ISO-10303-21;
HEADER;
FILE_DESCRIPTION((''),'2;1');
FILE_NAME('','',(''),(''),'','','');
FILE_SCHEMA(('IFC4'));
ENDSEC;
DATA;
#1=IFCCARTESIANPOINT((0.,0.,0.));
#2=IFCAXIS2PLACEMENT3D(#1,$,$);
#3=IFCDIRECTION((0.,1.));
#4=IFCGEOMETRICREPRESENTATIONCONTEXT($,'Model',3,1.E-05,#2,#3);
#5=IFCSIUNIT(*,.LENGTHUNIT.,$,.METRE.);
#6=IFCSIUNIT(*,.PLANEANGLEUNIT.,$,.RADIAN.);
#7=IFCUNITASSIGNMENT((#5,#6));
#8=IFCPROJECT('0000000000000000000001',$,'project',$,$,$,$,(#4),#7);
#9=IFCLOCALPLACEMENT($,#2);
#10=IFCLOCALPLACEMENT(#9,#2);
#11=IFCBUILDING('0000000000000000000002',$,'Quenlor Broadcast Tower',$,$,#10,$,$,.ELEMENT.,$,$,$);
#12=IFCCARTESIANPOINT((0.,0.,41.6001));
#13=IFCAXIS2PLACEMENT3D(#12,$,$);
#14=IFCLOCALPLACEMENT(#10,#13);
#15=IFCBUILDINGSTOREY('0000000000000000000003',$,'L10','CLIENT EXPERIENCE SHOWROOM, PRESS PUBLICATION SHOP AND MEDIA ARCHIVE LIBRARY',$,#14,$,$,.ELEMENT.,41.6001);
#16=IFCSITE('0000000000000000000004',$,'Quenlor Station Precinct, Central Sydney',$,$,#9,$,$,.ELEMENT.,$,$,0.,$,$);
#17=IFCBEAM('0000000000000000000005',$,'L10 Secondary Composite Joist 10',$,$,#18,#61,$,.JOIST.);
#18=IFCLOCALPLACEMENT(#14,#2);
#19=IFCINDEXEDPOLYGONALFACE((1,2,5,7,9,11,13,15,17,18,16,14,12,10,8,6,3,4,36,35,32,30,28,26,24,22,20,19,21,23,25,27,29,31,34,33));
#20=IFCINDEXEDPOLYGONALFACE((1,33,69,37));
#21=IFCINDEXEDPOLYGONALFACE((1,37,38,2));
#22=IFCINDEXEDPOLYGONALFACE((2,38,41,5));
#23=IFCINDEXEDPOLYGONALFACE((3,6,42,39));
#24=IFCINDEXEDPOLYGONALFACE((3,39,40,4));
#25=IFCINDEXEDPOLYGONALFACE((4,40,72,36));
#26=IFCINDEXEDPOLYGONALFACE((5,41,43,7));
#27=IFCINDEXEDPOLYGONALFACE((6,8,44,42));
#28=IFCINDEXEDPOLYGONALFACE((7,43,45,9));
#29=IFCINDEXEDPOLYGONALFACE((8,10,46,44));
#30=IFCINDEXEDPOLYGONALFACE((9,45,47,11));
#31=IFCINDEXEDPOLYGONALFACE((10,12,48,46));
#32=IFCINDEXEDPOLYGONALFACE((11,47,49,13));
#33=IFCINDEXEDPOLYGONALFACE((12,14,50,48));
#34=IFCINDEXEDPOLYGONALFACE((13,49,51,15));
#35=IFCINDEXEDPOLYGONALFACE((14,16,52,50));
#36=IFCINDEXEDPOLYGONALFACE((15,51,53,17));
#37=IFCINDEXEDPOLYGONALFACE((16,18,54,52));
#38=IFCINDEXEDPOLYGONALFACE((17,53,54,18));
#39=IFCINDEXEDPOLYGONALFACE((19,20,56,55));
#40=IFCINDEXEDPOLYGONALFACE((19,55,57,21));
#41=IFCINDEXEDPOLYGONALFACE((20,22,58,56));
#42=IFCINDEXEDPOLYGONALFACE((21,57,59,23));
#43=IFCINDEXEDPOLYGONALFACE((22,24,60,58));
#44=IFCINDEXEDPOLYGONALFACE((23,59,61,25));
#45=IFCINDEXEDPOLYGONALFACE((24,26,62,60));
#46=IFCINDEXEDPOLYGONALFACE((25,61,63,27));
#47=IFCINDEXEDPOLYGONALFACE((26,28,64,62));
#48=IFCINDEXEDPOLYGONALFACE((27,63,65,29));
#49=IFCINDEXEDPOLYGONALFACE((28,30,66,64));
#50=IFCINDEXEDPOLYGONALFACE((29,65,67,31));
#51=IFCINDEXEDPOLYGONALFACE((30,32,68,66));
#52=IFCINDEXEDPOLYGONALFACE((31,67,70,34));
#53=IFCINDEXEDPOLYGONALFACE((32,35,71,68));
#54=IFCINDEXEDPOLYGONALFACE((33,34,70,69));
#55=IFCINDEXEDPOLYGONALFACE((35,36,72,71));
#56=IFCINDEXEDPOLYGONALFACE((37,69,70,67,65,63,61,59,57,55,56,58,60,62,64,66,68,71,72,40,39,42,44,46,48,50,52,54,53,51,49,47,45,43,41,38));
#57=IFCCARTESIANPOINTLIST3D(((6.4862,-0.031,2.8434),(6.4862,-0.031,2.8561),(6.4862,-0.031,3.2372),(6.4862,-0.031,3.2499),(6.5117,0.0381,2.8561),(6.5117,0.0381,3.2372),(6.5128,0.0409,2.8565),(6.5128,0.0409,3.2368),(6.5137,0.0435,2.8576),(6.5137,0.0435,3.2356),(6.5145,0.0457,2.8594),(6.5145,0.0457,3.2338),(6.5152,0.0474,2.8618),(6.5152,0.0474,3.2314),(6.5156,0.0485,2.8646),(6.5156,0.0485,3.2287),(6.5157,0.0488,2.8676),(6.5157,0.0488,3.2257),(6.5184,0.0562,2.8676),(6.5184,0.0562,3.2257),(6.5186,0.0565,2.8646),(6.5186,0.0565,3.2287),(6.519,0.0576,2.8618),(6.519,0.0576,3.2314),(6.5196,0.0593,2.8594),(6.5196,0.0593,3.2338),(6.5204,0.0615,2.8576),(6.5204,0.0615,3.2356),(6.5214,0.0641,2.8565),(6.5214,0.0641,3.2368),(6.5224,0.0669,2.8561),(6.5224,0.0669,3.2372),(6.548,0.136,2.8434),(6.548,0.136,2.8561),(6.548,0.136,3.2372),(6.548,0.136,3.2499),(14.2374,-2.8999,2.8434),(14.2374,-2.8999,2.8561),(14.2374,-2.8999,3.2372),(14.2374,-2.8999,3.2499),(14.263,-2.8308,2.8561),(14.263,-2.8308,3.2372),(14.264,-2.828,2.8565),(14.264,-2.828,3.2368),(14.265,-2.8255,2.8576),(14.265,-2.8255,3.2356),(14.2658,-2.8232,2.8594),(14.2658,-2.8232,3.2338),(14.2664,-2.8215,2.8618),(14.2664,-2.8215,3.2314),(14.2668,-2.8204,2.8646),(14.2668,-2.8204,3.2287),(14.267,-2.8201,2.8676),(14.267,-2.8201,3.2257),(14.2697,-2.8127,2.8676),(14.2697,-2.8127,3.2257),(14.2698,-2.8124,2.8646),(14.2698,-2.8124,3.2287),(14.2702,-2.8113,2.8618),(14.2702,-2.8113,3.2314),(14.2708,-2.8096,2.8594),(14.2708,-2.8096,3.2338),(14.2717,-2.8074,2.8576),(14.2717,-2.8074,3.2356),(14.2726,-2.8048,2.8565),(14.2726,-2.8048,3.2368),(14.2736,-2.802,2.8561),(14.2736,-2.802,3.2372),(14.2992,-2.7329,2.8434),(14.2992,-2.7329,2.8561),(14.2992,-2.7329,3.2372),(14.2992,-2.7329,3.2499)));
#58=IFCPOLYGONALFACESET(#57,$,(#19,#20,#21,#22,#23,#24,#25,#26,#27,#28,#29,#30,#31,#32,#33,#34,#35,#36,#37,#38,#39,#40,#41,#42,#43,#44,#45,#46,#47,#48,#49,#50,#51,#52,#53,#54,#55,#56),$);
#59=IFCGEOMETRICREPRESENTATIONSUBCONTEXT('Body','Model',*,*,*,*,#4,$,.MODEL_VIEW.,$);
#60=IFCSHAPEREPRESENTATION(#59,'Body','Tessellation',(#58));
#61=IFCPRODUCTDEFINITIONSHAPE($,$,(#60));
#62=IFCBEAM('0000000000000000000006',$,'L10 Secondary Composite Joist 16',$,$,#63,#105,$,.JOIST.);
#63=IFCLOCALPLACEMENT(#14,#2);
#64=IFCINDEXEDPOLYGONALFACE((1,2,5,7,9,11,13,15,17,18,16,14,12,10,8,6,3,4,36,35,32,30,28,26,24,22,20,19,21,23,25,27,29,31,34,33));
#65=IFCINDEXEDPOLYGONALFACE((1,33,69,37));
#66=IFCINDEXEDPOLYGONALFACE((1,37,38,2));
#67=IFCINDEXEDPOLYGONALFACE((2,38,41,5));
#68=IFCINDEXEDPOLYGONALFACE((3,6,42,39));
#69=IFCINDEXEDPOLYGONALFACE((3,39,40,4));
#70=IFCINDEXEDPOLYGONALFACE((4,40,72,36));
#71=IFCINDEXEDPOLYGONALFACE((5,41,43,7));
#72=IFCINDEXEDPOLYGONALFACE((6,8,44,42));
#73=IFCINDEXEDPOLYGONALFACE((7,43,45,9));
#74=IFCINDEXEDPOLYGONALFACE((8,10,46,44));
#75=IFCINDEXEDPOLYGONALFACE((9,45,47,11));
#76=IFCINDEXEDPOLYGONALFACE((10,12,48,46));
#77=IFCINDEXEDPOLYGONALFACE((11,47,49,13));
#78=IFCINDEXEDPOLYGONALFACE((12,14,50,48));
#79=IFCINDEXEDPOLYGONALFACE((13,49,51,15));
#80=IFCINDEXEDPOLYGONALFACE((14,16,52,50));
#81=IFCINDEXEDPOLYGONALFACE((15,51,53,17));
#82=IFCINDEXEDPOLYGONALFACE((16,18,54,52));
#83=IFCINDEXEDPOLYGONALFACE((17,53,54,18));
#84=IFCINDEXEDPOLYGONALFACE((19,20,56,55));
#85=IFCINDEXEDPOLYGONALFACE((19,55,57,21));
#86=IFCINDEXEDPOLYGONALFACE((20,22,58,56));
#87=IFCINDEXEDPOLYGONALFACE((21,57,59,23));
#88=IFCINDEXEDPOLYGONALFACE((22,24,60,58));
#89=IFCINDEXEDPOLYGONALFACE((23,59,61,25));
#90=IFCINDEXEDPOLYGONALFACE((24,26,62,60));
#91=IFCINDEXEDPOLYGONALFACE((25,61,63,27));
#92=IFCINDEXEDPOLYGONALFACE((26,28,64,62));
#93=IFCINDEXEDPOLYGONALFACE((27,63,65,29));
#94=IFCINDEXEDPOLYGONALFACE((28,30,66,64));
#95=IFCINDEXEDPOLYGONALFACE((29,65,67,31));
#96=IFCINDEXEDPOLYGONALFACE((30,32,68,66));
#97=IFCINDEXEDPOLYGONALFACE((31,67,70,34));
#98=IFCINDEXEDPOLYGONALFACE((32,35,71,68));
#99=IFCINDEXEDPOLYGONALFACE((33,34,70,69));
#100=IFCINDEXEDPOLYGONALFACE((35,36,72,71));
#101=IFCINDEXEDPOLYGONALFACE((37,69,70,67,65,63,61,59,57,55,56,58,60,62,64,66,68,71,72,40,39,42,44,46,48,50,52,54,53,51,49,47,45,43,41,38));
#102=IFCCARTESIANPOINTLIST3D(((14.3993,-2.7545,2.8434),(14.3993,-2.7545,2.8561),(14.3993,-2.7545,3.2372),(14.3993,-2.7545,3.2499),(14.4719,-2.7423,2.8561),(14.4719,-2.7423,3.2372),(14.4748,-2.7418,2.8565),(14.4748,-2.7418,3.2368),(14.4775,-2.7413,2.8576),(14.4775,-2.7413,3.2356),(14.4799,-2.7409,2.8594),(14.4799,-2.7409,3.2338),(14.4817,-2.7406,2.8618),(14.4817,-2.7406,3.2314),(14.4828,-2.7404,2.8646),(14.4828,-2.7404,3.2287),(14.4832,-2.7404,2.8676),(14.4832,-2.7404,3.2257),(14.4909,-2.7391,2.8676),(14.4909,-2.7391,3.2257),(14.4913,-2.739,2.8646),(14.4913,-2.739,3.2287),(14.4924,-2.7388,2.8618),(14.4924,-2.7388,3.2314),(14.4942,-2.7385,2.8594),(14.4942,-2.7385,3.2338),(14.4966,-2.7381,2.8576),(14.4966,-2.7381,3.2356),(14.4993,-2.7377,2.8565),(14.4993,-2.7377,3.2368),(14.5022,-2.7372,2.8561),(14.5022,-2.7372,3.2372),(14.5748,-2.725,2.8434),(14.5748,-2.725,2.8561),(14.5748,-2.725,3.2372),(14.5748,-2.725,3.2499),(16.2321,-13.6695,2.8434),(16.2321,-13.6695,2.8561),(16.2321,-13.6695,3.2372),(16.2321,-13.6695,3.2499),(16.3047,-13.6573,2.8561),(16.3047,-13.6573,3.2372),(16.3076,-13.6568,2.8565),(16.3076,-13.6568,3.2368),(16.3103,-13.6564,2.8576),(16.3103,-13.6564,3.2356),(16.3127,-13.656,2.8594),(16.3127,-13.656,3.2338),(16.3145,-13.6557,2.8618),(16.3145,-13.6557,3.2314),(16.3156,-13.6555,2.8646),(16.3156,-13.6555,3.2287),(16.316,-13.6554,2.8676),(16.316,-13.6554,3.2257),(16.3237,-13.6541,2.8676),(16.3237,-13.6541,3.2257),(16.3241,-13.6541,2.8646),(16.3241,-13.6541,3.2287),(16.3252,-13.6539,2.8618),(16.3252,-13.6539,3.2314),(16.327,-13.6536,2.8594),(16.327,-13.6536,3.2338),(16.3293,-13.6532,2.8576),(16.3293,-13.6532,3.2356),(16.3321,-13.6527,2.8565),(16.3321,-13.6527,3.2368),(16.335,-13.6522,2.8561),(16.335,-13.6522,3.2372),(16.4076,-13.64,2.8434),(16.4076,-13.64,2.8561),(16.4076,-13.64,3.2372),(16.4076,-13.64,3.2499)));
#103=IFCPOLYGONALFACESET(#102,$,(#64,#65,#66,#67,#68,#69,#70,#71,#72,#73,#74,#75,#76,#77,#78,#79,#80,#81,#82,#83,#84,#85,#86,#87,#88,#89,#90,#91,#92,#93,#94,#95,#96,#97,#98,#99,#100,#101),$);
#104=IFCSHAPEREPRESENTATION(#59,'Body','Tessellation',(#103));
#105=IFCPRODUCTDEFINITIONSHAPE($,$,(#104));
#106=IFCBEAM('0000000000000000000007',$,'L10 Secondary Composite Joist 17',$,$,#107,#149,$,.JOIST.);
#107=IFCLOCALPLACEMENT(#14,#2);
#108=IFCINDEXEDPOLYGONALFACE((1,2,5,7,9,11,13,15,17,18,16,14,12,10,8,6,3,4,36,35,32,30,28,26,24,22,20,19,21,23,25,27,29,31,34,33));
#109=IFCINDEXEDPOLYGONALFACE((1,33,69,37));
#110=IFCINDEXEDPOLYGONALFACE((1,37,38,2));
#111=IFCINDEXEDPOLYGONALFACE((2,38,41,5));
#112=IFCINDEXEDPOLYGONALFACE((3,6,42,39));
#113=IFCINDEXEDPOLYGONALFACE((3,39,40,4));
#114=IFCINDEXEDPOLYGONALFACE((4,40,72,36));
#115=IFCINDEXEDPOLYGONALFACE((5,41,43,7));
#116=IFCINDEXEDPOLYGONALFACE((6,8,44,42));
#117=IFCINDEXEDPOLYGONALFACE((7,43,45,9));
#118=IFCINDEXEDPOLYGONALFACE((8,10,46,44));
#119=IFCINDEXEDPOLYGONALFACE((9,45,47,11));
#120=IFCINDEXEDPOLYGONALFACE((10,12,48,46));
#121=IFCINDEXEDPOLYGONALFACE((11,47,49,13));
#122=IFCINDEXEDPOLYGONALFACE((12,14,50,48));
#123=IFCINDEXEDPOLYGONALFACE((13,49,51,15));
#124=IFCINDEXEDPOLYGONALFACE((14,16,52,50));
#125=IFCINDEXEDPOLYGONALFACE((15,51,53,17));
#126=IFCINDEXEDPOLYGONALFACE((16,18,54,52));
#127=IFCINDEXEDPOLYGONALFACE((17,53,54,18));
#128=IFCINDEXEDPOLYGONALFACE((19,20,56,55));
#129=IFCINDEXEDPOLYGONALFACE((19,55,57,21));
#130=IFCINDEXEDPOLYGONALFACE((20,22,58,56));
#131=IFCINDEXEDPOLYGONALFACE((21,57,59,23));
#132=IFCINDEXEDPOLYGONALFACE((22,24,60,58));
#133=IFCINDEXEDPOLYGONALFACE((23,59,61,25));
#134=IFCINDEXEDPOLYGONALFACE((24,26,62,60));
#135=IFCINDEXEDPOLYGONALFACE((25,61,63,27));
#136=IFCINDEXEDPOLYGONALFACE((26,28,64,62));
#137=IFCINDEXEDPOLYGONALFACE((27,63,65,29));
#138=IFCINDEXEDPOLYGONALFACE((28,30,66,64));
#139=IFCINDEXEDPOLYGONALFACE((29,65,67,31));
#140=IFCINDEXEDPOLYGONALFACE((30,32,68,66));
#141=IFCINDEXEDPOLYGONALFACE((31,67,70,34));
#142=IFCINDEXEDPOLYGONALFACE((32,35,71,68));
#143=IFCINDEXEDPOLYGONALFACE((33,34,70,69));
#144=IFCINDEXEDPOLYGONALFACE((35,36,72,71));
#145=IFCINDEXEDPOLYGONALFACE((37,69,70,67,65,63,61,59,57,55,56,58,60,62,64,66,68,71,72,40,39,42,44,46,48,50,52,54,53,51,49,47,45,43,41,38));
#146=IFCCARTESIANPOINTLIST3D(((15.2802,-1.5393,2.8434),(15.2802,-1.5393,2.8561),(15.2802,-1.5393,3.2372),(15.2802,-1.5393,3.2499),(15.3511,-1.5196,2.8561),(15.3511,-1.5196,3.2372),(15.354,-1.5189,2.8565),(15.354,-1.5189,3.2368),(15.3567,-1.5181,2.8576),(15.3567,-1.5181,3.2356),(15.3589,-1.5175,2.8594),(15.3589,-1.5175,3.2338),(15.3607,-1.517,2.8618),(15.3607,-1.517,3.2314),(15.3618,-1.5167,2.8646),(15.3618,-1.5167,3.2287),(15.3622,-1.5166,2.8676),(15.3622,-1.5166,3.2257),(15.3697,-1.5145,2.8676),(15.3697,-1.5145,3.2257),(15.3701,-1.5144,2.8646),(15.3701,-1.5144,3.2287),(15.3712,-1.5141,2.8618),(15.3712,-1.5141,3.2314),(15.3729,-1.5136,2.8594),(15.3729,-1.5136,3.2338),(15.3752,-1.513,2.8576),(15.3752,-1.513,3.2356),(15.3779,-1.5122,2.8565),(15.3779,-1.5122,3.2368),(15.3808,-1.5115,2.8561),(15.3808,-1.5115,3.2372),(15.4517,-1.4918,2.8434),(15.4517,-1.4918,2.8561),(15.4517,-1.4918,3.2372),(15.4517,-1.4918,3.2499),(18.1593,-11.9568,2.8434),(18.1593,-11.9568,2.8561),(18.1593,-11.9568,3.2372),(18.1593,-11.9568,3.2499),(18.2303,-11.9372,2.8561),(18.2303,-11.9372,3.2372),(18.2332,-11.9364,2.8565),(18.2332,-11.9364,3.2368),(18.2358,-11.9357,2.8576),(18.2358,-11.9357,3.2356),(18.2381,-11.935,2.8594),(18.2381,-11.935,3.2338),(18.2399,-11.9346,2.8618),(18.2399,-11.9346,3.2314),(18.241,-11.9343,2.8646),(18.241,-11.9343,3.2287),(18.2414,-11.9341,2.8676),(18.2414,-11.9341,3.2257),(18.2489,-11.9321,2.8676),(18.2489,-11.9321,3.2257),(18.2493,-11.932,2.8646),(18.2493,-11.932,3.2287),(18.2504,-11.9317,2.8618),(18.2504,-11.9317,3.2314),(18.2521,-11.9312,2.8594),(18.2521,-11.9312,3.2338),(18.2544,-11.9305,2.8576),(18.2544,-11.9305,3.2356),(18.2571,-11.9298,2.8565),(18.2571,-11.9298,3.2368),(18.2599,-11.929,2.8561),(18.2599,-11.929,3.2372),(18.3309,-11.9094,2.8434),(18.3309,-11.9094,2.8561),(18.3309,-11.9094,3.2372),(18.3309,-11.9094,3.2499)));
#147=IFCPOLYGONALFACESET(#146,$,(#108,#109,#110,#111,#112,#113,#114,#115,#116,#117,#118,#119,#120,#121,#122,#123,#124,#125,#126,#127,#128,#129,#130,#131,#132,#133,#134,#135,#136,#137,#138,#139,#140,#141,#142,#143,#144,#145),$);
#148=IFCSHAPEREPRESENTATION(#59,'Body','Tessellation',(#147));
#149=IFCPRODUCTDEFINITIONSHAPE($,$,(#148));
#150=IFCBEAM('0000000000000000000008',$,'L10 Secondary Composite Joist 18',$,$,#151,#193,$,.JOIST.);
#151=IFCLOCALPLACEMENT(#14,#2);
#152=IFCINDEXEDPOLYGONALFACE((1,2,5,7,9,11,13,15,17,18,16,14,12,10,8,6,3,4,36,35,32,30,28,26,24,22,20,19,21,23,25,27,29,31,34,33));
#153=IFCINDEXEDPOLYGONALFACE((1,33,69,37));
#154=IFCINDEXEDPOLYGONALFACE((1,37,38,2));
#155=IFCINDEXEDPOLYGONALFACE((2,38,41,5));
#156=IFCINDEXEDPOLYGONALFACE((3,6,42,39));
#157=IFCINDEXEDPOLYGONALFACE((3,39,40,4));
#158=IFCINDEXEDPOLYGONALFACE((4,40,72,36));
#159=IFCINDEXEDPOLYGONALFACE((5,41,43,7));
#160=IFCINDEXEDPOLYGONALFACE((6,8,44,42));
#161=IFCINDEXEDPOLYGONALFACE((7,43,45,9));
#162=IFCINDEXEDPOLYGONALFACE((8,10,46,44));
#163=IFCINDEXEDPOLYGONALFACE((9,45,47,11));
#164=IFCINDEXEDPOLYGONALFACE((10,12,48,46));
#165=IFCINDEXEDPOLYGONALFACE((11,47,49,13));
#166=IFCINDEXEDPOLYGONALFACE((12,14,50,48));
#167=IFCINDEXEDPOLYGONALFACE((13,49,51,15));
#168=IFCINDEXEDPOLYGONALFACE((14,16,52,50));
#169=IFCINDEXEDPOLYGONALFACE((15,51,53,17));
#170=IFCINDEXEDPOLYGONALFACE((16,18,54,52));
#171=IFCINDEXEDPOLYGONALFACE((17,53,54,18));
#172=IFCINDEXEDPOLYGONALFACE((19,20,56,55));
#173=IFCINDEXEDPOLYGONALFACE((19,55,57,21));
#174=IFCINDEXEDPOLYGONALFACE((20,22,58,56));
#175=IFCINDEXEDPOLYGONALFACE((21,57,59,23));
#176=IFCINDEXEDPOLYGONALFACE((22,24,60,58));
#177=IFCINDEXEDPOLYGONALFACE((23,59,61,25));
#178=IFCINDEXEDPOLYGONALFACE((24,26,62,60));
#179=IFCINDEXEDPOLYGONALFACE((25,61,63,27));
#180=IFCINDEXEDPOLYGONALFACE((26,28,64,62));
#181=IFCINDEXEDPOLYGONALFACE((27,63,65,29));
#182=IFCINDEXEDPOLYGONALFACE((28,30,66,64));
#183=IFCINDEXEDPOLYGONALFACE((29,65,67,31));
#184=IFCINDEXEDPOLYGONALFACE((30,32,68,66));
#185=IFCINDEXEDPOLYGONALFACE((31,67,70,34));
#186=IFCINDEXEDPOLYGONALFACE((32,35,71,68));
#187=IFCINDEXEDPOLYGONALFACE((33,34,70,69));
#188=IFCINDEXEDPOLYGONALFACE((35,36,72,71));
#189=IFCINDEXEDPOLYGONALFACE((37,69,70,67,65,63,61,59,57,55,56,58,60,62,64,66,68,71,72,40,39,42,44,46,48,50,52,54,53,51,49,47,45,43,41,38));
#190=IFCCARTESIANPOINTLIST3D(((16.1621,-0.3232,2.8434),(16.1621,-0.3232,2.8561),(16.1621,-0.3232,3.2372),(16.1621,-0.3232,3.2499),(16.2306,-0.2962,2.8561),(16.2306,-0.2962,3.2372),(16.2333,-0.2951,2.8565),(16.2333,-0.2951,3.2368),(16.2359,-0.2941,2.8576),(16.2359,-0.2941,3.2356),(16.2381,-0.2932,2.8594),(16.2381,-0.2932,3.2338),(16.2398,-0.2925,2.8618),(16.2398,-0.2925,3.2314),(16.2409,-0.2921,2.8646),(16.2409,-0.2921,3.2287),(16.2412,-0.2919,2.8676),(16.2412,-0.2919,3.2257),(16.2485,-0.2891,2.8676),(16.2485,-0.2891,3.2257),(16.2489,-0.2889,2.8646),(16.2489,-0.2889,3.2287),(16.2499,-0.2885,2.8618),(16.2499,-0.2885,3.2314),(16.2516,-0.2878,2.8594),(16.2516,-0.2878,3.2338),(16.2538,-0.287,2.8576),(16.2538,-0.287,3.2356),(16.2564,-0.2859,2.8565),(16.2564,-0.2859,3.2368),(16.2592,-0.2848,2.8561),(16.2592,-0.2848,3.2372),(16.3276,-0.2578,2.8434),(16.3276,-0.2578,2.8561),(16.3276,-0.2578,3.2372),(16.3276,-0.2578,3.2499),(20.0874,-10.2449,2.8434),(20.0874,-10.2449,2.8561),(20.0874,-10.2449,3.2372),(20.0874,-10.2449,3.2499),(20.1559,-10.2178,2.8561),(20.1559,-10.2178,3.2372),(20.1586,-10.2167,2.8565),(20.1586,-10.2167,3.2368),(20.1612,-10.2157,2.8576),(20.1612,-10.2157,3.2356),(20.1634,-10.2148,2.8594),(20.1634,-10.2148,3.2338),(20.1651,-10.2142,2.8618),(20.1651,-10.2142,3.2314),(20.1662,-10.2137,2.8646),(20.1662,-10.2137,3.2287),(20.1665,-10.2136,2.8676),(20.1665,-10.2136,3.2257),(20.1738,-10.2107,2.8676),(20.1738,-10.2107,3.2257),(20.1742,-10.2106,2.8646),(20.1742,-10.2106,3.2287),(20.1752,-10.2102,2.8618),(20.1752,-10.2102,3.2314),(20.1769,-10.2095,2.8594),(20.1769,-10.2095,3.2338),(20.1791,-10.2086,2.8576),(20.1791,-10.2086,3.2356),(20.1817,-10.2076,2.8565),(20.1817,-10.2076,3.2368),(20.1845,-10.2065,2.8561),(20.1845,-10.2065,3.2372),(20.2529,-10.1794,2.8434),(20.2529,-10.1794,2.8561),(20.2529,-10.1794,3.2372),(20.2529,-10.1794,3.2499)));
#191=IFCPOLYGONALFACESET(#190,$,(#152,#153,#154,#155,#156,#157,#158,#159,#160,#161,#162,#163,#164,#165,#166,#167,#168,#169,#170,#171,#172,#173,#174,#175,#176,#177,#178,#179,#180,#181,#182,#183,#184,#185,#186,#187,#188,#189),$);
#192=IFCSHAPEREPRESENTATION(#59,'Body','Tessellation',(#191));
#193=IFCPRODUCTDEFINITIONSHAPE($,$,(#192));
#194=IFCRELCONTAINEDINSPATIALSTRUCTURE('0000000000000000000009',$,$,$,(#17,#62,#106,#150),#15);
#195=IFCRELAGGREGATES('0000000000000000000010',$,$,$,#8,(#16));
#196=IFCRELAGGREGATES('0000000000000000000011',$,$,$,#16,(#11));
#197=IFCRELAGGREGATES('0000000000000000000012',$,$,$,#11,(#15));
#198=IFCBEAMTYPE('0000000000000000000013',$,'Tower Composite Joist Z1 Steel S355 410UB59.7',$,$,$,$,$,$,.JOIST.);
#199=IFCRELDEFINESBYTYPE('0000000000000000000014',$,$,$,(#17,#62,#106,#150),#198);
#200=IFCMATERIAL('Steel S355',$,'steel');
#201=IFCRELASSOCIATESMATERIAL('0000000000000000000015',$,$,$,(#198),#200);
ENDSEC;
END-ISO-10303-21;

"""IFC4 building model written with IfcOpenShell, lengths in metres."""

from ifc_helpers import new_model, si_unit, direction, frame, origin, origin_2d, place, context, subcontext, project, spatial, i_section, extrude, material, material_profile, profile_set, type_object, element, save


model = new_model("IFC4")

# Units and contexts
model_context = context("Model", 3, precision=1e-05, world=origin(), true_north=direction((0.0, 1.0)))
body_context = subcontext(model_context, "Body", "Model", "MODEL_VIEW")
ifc_project = project(units=[si_unit("LENGTHUNIT", "METRE"), si_unit("PLANEANGLEUNIT", "RADIAN")], contexts=[model_context])

# Site, building, storey
site_placement = place(None, origin())
site = spatial("IfcSite", under=ifc_project, at=site_placement, Name="Quenlor Station Precinct, Central Sydney", CompositionType="ELEMENT", RefElevation=0.0)
building_placement = place(site_placement, origin())
building = spatial("IfcBuilding", under=site, at=building_placement, Name="Quenlor Broadcast Tower", CompositionType="ELEMENT")
storey_placement = place(building_placement, frame((0.0, 0.0, 41.6001)))
storey = spatial("IfcBuildingStorey", under=building, at=storey_placement, Name="L10", Description="CLIENT EXPERIENCE SHOWROOM, PRESS PUBLICATION SHOP AND MEDIA ARCHIVE LIBRARY", CompositionType="ELEMENT", Elevation=41.6001)

# Beams
ifc_material_1 = material(Name="Steel S355", Category="steel")
ifc_material_profile_1 = material_profile(ifc_material_1, i_section(OverallWidth=0.178, OverallDepth=0.4065, WebThickness=0.0078, FlangeThickness=0.0127, FilletRadius=0.0115, at=origin_2d()))
ifc_profile_set_1 = profile_set([ifc_material_profile_1], Name="Steel S355 410UB59.7")
beam_type_1 = type_object("IfcBeamType", Name="Tower Composite Joist Z1 Steel S355 410UB59.7", PredefinedType="JOIST", material=ifc_profile_set_1)
beam_1_placement = place(storey_placement, frame((14.2683, -2.8164, 3.0466), z_axis=(-0.937825, 0.347109, 0.0), x_axis=(-0.347109, -0.937825, 0.0)))
element("IfcBeam", 1, at=beam_1_placement, inside=storey, type_object=beam_type_1, Name="L10 Secondary Composite Joist 10", PredefinedType="JOIST", context=body_context, shape_type="SweptSolid", body=[
    extrude(i_section(OverallWidth=0.178, OverallDepth=0.4065, WebThickness=0.0078, FlangeThickness=0.0127, FilletRadius=0.0115, at=origin_2d()), origin(), (0.0, 0.0, 1.0), 8.2651),
])
beam_2_placement = place(storey_placement, frame((16.3198, -13.6548, 3.0466), z_axis=(-0.165594, 0.986194, 0.0), x_axis=(-0.986194, -0.165594, 0.0)))
element("IfcBeam", 2, at=beam_2_placement, inside=storey, type_object=beam_type_1, Name="L10 Secondary Composite Joist 16", PredefinedType="JOIST", context=body_context, shape_type="SweptSolid", body=[
    extrude(i_section(OverallWidth=0.178, OverallDepth=0.4065, WebThickness=0.0078, FlangeThickness=0.0127, FilletRadius=0.0115, at=origin_2d()), origin(), (0.0, 0.0, 1.0), 11.0679),
])
beam_3_placement = place(storey_placement, frame((18.2451, -11.9331, 3.0466), z_axis=(-0.26639, 0.963865, 0.0), x_axis=(-0.963865, -0.26639, 0.0)))
element("IfcBeam", 3, at=beam_3_placement, inside=storey, type_object=beam_type_1, Name="L10 Secondary Composite Joist 17", PredefinedType="JOIST", context=body_context, shape_type="SweptSolid", body=[
    extrude(i_section(OverallWidth=0.178, OverallDepth=0.4065, WebThickness=0.0078, FlangeThickness=0.0127, FilletRadius=0.0115, at=origin_2d()), origin(), (0.0, 0.0, 1.0), 10.8081),
])
beam_4_placement = place(storey_placement, frame((20.1702, -10.2122, 3.0466), z_axis=(-0.367885, 0.929871, 0.0), x_axis=(-0.929871, -0.367885, 0.0)))
element("IfcBeam", 4, at=beam_4_placement, inside=storey, type_object=beam_type_1, Name="L10 Secondary Composite Joist 18", PredefinedType="JOIST", context=body_context, shape_type="SweptSolid", body=[
    extrude(i_section(OverallWidth=0.178, OverallDepth=0.4065, WebThickness=0.0078, FlangeThickness=0.0127, FilletRadius=0.0115, at=origin_2d()), origin(), (0.0, 0.0, 1.0), 10.6699),
])

save(model, "model.ifc")
